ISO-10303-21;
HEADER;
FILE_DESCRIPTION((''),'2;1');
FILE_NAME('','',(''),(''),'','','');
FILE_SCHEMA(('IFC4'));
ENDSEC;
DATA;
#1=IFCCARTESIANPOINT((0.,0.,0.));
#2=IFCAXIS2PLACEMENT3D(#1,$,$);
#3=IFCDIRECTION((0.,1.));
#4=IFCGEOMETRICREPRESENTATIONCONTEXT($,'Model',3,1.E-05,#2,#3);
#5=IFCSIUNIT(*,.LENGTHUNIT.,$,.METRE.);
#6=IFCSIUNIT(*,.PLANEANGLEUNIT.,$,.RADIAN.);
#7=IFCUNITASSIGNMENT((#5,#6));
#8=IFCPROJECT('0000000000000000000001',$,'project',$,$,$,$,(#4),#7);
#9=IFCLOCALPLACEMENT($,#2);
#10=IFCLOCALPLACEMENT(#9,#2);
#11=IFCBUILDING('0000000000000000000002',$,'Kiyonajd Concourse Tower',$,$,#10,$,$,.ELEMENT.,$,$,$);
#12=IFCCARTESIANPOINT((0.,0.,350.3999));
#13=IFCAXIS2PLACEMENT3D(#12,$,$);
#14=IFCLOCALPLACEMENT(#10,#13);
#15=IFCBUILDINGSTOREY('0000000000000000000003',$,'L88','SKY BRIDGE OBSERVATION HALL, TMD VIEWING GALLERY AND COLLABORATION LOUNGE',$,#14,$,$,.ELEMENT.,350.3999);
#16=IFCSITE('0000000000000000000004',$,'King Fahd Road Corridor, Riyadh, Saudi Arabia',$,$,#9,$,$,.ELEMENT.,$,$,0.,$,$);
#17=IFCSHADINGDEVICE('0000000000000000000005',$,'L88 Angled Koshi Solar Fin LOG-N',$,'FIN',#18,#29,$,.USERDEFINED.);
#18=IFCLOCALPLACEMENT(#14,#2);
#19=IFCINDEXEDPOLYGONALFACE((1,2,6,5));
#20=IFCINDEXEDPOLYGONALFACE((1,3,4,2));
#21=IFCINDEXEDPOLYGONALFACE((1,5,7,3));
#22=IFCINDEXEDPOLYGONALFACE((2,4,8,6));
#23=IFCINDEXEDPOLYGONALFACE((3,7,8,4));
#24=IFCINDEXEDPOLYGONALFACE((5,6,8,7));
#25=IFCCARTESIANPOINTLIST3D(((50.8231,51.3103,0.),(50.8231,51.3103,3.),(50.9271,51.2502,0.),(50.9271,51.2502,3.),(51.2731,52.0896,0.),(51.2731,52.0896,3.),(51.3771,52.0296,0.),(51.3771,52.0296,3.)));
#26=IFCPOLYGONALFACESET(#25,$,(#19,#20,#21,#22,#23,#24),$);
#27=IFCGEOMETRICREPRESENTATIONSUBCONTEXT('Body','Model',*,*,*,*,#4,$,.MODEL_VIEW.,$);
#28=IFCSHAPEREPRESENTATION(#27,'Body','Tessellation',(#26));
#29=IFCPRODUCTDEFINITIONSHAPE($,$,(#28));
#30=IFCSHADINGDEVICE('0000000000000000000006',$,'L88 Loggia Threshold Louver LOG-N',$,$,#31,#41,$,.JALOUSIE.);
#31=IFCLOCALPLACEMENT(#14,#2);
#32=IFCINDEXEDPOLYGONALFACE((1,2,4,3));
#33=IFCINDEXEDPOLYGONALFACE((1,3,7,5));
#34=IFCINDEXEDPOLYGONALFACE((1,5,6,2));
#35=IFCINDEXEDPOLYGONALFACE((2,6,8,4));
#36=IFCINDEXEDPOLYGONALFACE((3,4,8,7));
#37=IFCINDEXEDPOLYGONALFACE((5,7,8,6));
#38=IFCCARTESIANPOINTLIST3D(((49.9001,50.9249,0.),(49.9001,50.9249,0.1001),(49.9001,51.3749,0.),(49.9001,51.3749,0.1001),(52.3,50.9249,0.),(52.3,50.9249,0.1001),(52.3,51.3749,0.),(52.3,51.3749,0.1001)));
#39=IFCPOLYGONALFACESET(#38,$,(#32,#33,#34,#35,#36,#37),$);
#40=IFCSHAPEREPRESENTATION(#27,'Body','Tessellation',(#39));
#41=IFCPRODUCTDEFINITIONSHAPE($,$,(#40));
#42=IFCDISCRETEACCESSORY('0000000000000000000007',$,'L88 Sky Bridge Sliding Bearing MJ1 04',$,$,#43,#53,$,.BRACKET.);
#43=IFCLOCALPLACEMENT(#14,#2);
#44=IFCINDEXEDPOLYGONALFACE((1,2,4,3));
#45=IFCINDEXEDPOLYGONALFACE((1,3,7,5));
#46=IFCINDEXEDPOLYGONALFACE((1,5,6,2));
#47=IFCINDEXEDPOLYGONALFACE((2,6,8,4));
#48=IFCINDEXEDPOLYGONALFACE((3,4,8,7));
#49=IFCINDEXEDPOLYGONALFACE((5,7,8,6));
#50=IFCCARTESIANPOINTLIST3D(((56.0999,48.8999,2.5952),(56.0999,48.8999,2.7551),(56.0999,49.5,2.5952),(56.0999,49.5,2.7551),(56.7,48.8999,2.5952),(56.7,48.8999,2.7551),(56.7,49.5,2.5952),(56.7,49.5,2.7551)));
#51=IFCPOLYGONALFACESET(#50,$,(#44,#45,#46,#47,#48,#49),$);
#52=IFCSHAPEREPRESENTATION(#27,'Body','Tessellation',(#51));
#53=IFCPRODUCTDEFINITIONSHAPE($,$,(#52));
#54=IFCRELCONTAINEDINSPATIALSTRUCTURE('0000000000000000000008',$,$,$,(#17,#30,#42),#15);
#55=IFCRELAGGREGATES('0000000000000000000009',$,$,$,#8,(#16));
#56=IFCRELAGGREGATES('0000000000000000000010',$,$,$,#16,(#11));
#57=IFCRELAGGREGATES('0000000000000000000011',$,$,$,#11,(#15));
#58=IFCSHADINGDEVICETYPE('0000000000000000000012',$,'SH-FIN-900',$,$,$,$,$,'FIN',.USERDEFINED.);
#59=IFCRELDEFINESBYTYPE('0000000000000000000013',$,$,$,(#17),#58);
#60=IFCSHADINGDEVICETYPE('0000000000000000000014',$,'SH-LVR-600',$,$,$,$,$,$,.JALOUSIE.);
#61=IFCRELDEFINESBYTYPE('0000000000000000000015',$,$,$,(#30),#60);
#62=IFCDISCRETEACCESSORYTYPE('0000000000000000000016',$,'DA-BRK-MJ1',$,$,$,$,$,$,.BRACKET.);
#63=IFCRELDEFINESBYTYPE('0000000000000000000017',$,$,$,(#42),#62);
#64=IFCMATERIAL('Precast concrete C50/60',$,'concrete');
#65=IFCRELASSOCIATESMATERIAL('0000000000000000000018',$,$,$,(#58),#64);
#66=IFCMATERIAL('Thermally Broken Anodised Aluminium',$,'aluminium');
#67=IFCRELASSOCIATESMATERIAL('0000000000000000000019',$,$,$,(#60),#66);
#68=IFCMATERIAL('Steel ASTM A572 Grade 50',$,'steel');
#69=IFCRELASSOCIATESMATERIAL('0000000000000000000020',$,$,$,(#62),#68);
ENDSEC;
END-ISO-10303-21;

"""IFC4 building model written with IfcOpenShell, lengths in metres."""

from ifc_helpers import new_model, si_unit, direction, frame, origin, origin_2d, place, context, subcontext, project, spatial, rectangle, extrude, material, type_object, element, save


model = new_model("IFC4")

# Units and contexts
model_context = context("Model", 3, precision=1e-05, world=origin(), true_north=direction((0.0, 1.0)))
body_context = subcontext(model_context, "Body", "Model", "MODEL_VIEW")
ifc_project = project(units=[si_unit("LENGTHUNIT", "METRE"), si_unit("PLANEANGLEUNIT", "RADIAN")], contexts=[model_context])

# Site, building, storey
site_placement = place(None, origin())
site = spatial("IfcSite", under=ifc_project, at=site_placement, Name="King Fahd Road Corridor, Riyadh, Saudi Arabia", CompositionType="ELEMENT", RefElevation=0.0)
building_placement = place(site_placement, origin())
building = spatial("IfcBuilding", under=site, at=building_placement, Name="Kiyonajd Concourse Tower", CompositionType="ELEMENT")
storey_placement = place(building_placement, frame((0.0, 0.0, 350.3999)))
storey = spatial("IfcBuildingStorey", under=building, at=storey_placement, Name="L88", Description="SKY BRIDGE OBSERVATION HALL, TMD VIEWING GALLERY AND COLLABORATION LOUNGE", CompositionType="ELEMENT", Elevation=350.3999)

# Shared definitions
ifc_material_1 = material(Name="Steel ASTM A572 Grade 50", Category="steel")

# Shared definitions
ifc_material_2 = material(Name="Thermally Broken Anodised Aluminium", Category="aluminium")

# Shared definitions
ifc_material_3 = material(Name="Precast concrete C50/60", Category="concrete")

# Shading devices
shading_device_type_1 = type_object("IfcShadingDeviceType", Name="SH-FIN-900", ElementType="FIN", PredefinedType="USERDEFINED", material=ifc_material_3)
shading_device_1_placement = place(storey_placement, frame((51.1001, 51.6699, 0.0), z_axis=(0.0, 0.0, 1.0), x_axis=(0.5, 0.866025, 0.0)))
element("IfcShadingDevice", 1, at=shading_device_1_placement, inside=storey, type_object=shading_device_type_1, Name="L88 Angled Koshi Solar Fin LOG-N", ObjectType="FIN", PredefinedType="USERDEFINED", context=body_context, shape_type="SweptSolid", body=[
    extrude(rectangle(XDim=0.8999, YDim=0.1201, at=origin_2d()), origin(), (0.0, 0.0, 1.0), 3.0),
])
shading_device_type_2 = type_object("IfcShadingDeviceType", Name="SH-LVR-600", PredefinedType="JALOUSIE", material=ifc_material_2)
shading_device_2_placement = place(storey_placement, frame((51.1001, 51.1499, 0.0), z_axis=(0.0, 0.0, 1.0), x_axis=(1.0, 0.0, 0.0)))
element("IfcShadingDevice", 2, at=shading_device_2_placement, inside=storey, type_object=shading_device_type_2, Name="L88 Loggia Threshold Louver LOG-N", PredefinedType="JALOUSIE", context=body_context, shape_type="SweptSolid", body=[
    extrude(rectangle(XDim=2.3999, YDim=0.45, at=origin_2d()), origin(), (0.0, 0.0, 1.0), 0.1001),
])

# Discrete accessory
discrete_accessory_type = type_object("IfcDiscreteAccessoryType", Name="DA-BRK-MJ1", PredefinedType="BRACKET", material=ifc_material_1)
discrete_accessory_placement = place(storey_placement, frame((56.3999, 49.2, 2.5952), z_axis=(0.0, 0.0, 1.0), x_axis=(1.0, 0.0, 0.0)))
element("IfcDiscreteAccessory", 3, at=discrete_accessory_placement, inside=storey, type_object=discrete_accessory_type, Name="L88 Sky Bridge Sliding Bearing MJ1 04", PredefinedType="BRACKET", context=body_context, shape_type="SweptSolid", body=[
    extrude(rectangle(XDim=0.6001, YDim=0.6001, at=origin_2d()), origin(), (0.0, 0.0, 1.0), 0.1599),
])

save(model, "model.ifc")
